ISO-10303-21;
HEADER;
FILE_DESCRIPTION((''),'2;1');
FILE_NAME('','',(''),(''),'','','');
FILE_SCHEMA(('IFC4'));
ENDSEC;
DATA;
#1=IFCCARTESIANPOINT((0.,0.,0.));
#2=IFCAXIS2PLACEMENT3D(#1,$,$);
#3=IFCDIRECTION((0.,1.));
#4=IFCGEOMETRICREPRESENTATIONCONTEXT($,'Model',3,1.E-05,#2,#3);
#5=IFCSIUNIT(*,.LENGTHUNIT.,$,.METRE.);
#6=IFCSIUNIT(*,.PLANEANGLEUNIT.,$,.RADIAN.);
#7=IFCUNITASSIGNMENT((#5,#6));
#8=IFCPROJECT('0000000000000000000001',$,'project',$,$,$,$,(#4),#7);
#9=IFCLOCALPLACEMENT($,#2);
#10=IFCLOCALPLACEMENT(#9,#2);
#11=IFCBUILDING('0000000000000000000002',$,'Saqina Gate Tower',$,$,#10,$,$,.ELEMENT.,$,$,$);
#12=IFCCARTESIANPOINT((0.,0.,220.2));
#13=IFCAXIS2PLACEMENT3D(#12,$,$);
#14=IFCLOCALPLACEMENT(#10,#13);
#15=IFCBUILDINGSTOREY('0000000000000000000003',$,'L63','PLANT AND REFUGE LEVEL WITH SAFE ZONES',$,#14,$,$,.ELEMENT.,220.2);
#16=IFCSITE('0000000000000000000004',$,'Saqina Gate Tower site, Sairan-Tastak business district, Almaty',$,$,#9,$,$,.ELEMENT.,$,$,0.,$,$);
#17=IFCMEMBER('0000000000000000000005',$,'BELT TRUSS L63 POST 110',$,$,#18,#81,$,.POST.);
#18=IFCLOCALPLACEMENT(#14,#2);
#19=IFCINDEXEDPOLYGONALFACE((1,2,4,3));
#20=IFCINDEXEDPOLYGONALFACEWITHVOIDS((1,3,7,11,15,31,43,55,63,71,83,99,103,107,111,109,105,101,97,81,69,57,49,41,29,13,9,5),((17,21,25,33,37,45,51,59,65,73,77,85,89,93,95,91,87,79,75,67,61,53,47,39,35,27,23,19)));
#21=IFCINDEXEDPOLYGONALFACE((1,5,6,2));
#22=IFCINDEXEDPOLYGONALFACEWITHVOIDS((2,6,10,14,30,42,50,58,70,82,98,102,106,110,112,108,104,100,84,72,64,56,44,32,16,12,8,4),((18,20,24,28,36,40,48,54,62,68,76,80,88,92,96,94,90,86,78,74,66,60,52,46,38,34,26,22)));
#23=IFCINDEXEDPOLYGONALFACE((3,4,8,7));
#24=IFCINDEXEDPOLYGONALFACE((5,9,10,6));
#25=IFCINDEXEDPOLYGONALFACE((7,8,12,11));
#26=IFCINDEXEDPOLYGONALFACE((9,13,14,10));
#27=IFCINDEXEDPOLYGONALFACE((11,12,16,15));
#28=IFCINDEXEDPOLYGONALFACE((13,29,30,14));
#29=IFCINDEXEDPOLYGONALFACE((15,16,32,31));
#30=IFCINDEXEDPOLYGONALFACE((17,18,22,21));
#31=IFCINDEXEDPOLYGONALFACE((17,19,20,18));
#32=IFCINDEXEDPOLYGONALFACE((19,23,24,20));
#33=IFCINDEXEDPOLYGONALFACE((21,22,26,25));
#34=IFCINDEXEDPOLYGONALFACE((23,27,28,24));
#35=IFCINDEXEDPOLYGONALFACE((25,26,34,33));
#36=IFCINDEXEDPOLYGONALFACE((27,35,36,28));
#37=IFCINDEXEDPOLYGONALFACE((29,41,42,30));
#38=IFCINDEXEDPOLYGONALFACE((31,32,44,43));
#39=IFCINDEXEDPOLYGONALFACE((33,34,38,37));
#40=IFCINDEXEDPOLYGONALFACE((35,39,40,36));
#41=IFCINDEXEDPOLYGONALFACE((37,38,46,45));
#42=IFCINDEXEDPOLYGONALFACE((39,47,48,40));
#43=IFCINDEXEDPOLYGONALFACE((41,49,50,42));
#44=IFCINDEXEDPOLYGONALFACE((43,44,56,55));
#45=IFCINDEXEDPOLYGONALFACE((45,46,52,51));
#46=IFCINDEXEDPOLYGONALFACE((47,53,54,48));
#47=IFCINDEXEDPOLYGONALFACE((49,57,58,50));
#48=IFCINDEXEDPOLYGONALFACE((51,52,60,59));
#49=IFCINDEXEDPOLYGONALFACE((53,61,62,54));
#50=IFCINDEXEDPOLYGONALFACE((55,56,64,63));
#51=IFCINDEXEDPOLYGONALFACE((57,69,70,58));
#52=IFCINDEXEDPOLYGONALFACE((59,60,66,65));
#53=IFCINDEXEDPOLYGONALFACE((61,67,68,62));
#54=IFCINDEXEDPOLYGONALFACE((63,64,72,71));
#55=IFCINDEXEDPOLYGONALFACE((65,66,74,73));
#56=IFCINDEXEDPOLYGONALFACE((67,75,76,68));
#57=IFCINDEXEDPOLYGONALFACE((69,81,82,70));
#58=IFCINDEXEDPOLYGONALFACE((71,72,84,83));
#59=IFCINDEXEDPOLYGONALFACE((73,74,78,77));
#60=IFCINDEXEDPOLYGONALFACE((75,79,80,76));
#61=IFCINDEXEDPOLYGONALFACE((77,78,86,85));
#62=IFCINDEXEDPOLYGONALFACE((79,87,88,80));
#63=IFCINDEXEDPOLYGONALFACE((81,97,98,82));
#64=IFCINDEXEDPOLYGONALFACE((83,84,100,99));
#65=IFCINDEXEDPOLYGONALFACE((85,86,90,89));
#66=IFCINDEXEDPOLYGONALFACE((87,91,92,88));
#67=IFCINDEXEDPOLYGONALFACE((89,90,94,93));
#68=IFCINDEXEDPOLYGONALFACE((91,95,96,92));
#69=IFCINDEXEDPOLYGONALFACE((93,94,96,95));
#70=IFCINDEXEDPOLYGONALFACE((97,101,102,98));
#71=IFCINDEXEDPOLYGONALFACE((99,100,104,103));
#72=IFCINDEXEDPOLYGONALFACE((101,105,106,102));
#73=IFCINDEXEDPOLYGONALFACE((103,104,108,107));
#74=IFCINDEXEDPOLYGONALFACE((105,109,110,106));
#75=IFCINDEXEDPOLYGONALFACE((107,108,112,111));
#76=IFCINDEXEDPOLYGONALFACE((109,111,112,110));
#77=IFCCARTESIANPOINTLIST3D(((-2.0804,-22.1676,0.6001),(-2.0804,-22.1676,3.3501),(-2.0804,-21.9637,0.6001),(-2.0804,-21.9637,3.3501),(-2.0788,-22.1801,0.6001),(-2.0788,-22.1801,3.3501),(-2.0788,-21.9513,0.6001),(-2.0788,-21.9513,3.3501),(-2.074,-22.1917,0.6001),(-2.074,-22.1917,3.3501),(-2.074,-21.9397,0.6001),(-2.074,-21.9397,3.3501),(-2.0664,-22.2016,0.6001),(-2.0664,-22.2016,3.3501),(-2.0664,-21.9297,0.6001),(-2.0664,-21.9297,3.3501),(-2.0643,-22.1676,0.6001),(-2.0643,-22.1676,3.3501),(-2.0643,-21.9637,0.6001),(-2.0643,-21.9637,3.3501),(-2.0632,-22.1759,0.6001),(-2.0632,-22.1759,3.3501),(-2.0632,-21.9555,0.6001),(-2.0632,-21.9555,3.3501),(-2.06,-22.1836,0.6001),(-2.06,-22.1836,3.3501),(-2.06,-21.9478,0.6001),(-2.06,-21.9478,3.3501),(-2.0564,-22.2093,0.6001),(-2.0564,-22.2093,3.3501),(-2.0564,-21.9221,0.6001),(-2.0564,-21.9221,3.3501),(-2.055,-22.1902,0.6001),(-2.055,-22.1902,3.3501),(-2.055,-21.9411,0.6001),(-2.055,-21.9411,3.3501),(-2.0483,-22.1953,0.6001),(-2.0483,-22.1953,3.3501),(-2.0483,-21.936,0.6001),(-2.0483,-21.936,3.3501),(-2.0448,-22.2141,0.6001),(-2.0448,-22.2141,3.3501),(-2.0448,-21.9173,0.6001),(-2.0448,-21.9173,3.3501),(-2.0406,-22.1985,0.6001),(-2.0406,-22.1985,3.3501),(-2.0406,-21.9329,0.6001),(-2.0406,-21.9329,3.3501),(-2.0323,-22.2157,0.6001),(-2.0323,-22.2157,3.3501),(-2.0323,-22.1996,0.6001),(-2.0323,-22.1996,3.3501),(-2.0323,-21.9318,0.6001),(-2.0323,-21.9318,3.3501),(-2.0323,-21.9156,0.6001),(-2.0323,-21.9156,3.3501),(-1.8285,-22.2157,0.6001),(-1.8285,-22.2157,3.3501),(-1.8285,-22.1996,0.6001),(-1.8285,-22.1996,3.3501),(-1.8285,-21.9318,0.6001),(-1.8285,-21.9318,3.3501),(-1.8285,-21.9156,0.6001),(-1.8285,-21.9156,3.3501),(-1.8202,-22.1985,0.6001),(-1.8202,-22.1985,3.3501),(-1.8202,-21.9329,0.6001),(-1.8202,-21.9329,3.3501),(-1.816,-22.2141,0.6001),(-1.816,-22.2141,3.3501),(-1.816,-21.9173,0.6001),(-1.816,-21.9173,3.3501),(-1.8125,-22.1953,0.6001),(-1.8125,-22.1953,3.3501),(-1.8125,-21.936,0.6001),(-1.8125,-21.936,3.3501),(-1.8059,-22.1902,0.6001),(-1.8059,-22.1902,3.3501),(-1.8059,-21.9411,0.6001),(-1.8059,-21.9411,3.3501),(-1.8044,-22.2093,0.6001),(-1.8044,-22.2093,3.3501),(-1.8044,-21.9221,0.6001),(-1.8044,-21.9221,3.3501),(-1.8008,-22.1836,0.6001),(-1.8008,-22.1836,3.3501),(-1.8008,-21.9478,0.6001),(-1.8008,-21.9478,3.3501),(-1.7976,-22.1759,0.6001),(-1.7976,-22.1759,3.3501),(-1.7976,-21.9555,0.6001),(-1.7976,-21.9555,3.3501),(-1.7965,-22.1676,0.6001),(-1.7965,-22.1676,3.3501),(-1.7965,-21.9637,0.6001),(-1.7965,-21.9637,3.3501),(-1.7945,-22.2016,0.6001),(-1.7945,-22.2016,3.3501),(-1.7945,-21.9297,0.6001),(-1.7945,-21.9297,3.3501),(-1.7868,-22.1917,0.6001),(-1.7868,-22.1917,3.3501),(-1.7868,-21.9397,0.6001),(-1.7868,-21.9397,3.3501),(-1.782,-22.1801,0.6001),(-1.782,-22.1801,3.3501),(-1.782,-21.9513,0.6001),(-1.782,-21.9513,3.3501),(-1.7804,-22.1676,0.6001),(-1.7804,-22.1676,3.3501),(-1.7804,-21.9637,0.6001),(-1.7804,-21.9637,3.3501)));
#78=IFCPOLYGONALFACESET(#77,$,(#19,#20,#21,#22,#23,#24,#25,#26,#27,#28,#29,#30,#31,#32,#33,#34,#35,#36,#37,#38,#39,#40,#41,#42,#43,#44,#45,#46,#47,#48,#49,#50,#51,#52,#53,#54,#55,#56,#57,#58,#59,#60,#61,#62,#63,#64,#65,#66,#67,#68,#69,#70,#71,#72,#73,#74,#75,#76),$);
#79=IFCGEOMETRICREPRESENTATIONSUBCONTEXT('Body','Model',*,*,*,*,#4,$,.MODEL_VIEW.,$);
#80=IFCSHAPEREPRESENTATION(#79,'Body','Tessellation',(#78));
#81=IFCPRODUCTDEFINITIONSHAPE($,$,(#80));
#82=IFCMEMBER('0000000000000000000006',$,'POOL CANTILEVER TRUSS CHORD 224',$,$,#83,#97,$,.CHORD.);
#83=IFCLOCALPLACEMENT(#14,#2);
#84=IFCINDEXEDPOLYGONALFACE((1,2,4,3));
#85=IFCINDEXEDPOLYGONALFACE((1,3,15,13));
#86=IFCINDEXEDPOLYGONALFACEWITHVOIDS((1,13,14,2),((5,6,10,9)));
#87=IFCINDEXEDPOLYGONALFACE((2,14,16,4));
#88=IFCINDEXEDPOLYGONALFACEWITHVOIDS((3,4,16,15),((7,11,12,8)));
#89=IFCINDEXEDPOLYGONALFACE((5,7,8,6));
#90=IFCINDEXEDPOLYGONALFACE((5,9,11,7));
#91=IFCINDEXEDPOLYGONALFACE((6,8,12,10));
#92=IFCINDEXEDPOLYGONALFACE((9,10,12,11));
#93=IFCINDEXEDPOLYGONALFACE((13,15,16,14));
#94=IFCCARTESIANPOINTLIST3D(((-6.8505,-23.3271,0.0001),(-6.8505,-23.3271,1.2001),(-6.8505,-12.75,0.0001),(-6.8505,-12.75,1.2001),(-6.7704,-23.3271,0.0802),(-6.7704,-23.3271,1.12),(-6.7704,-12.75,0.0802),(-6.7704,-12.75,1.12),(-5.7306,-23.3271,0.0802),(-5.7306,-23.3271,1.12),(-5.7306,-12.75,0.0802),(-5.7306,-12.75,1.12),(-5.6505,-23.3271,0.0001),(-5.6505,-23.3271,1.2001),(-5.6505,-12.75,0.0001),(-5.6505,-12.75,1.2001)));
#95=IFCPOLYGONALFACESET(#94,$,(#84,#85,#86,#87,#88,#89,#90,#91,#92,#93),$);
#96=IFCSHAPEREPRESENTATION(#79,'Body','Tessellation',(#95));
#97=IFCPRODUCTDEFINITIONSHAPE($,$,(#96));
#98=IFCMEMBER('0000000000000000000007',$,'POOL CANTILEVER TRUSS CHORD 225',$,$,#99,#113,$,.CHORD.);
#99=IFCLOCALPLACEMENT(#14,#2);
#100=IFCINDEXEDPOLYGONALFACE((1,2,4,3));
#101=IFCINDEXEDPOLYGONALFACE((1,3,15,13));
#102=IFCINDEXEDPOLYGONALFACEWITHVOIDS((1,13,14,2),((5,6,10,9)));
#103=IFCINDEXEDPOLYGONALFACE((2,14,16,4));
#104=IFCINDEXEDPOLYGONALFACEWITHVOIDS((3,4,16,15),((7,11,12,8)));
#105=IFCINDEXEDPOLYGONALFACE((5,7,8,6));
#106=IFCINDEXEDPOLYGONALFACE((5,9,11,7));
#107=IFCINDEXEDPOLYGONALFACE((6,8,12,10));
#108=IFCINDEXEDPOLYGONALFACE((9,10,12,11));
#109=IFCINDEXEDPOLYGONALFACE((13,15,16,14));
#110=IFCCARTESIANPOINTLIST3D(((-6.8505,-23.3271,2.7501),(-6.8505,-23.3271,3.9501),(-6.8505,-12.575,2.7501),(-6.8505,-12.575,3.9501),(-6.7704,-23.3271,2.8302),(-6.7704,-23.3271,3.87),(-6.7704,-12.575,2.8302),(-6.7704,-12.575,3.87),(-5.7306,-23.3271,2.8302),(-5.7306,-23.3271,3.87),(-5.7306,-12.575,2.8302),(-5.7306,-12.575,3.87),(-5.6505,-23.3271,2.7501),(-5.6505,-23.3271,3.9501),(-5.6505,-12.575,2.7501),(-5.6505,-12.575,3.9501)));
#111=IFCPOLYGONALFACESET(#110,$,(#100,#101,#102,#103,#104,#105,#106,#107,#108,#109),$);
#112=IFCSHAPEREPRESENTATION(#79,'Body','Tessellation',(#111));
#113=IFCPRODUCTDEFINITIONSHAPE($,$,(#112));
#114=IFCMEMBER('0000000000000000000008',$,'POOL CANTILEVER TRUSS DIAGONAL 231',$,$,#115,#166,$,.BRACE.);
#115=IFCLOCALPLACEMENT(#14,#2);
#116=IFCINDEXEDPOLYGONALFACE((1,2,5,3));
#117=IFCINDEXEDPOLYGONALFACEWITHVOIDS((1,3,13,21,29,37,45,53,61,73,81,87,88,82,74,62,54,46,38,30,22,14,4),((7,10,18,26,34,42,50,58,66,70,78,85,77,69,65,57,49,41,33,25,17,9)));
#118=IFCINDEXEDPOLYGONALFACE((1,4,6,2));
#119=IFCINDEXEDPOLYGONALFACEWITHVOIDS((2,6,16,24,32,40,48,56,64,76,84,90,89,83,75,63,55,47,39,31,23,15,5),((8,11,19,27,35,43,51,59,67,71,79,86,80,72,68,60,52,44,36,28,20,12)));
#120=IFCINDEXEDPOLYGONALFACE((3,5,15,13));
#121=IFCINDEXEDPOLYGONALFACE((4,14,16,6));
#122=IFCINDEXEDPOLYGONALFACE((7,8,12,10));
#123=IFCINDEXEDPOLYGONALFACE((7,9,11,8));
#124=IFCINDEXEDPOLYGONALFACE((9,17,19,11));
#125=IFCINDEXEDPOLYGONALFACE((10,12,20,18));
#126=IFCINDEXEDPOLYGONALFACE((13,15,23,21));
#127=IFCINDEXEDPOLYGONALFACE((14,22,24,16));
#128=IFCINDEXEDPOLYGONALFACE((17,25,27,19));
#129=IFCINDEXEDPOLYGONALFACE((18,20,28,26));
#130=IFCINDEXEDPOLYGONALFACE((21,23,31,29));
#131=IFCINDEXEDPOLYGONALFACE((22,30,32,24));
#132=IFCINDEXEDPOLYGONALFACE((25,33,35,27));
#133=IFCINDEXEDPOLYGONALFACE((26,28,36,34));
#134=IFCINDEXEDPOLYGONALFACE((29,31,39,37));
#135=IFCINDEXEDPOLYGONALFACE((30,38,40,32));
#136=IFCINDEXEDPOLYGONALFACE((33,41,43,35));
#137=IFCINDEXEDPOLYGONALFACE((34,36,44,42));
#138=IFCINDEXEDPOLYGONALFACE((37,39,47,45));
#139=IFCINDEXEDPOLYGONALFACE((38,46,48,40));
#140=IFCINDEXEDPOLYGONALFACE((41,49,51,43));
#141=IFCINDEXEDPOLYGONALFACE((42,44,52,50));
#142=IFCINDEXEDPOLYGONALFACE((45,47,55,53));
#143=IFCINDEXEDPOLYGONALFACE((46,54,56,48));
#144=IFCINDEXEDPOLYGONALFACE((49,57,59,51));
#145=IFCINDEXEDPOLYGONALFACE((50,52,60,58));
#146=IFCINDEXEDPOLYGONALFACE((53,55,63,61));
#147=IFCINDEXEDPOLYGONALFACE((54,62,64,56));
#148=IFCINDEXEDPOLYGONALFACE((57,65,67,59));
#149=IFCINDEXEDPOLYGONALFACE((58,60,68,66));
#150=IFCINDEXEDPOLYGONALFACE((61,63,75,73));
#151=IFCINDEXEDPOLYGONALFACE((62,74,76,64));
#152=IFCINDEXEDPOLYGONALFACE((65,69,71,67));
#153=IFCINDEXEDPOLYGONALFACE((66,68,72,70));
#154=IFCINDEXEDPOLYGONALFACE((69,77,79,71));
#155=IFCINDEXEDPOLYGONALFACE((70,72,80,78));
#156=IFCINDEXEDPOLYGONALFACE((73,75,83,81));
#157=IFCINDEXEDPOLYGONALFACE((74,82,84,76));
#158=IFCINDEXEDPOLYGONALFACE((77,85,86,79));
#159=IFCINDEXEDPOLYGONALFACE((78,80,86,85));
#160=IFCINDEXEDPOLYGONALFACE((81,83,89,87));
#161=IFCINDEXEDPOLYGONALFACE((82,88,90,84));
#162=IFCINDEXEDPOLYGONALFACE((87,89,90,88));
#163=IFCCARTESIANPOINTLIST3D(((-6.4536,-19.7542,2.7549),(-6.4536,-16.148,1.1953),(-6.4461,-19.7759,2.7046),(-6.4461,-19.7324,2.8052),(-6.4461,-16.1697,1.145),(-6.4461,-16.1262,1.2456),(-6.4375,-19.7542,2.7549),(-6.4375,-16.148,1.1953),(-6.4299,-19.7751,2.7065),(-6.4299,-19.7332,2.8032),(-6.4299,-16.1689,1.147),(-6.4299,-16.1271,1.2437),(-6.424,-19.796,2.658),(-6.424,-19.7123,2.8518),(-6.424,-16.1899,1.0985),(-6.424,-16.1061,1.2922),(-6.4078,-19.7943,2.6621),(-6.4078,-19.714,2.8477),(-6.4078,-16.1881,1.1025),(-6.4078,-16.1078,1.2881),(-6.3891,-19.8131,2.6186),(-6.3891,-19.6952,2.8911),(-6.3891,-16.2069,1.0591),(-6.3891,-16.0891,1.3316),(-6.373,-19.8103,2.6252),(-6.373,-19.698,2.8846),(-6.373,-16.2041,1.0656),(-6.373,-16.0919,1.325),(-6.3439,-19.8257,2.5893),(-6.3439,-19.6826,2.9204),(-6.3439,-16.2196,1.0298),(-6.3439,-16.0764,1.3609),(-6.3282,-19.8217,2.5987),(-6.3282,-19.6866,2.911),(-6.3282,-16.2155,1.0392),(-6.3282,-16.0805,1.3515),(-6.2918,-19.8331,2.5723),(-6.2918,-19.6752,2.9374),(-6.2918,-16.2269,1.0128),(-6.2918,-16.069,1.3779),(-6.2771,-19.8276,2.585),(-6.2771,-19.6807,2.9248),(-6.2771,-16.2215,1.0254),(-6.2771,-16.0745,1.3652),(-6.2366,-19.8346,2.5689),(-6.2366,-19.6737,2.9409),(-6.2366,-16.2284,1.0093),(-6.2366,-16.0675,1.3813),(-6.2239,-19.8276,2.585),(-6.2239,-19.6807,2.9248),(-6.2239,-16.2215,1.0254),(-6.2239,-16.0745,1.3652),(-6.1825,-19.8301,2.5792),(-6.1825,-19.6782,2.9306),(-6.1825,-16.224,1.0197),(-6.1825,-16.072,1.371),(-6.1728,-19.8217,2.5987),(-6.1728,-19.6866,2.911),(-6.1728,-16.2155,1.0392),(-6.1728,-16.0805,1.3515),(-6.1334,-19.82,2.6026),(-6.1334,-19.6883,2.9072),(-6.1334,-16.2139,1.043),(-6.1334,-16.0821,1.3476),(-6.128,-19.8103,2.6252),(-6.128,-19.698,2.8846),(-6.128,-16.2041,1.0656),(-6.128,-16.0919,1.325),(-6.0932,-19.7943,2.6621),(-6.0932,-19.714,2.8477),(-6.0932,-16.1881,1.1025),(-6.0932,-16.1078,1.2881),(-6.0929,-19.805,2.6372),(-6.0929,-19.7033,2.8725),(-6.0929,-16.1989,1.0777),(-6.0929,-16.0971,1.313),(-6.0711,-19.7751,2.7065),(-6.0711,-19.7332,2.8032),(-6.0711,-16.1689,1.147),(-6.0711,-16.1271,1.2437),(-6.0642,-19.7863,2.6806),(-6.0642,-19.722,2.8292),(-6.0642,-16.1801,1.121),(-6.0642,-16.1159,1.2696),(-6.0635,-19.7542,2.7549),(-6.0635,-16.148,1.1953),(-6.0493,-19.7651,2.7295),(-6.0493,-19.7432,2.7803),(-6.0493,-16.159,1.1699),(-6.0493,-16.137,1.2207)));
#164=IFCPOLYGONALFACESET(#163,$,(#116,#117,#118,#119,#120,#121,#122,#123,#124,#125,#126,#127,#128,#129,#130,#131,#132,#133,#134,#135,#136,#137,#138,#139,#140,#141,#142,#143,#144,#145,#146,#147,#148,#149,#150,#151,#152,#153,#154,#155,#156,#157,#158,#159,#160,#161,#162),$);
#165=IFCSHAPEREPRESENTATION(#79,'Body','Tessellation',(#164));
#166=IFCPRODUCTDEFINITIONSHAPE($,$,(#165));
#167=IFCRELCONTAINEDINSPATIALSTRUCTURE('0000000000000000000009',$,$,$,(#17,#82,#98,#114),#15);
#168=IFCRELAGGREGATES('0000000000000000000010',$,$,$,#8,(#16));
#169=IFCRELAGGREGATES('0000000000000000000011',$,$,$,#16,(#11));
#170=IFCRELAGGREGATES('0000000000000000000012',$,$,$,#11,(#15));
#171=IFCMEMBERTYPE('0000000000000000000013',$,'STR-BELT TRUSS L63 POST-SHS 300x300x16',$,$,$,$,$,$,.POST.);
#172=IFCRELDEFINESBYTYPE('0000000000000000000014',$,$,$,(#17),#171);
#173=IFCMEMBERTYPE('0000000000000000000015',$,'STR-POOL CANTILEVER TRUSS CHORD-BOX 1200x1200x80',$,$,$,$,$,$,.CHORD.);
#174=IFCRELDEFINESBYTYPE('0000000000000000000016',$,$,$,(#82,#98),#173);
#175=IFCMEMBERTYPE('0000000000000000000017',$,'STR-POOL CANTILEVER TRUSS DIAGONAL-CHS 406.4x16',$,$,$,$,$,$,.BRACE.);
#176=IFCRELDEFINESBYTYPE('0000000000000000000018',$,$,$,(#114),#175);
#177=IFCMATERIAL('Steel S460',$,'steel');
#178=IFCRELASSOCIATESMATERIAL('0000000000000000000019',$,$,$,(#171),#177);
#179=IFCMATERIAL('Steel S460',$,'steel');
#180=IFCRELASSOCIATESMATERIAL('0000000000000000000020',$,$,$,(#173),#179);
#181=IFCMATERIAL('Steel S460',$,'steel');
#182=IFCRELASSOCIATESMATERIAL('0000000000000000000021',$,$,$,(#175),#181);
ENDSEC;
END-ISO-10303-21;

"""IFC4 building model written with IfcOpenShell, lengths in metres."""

from ifc_helpers import new_model, si_unit, direction, frame, origin, origin_2d, place, context, subcontext, project, spatial, hollow_rectangle, hollow_circle, extrude, material, material_profile, profile_set, type_object, element, save


model = new_model("IFC4")

# Units and contexts
model_context = context("Model", 3, precision=1e-05, world=origin(), true_north=direction((0.0, 1.0)))
body_context = subcontext(model_context, "Body", "Model", "MODEL_VIEW")
ifc_project = project(units=[si_unit("LENGTHUNIT", "METRE"), si_unit("PLANEANGLEUNIT", "RADIAN")], contexts=[model_context])

# Site, building, storey
site_placement = place(None, origin())
site = spatial("IfcSite", under=ifc_project, at=site_placement, Name="Saqina Gate Tower site, Sairan-Tastak business district, Almaty", CompositionType="ELEMENT", RefElevation=0.0)
building_placement = place(site_placement, origin())
building = spatial("IfcBuilding", under=site, at=building_placement, Name="Saqina Gate Tower", CompositionType="ELEMENT")
storey_placement = place(building_placement, frame((0.0, 0.0, 220.2)))
storey = spatial("IfcBuildingStorey", under=building, at=storey_placement, Name="L63", Description="PLANT AND REFUGE LEVEL WITH SAFE ZONES", CompositionType="ELEMENT", Elevation=220.2)

# Members
ifc_material_1 = material(Name="Steel S460", Category="steel")
ifc_material_profile_1 = material_profile(ifc_material_1, hollow_rectangle(XDim=0.3, YDim=0.3, WallThickness=0.0161, InnerFilletRadius=0.032, OuterFilletRadius=0.0481, at=origin_2d()), Name="SHS 300x300x16")
ifc_profile_set_1 = profile_set([ifc_material_profile_1], Name="Steel S460")
member_type_1 = type_object("IfcMemberType", Name="STR-BELT TRUSS L63 POST-SHS 300x300x16", PredefinedType="POST", material=ifc_profile_set_1)
for number, where, z_axis, x_axis, name in (
    (1, (-1.9304, -22.0657, 0.6001), (0.0, 0.0, 1.0), (1.0, 0.0, 0.0), "BELT TRUSS L63 POST 110"),
):
    element("IfcMember", number, at=place(storey_placement, frame(where, z_axis=z_axis, x_axis=x_axis)), inside=storey, type_object=member_type_1, Name=name, PredefinedType="POST", context=body_context, shape_type="SweptSolid", body=[
        extrude(hollow_rectangle(XDim=0.3, YDim=0.3, WallThickness=0.0161, InnerFilletRadius=0.032, OuterFilletRadius=0.0481, at=origin_2d()), origin(), (0.0, 0.0, 1.0), 2.75),
    ])
ifc_material_2 = material(Name="Steel S460", Category="steel")
ifc_material_profile_2 = material_profile(ifc_material_2, hollow_rectangle(XDim=1.2, YDim=1.2, WallThickness=0.0801, at=origin_2d()), Name="BOX 1200x1200x80")
ifc_profile_set_2 = profile_set([ifc_material_profile_2], Name="Steel S460")
member_type_2 = type_object("IfcMemberType", Name="STR-POOL CANTILEVER TRUSS CHORD-BOX 1200x1200x80", PredefinedType="CHORD", material=ifc_profile_set_2)
member_1_placement = place(storey_placement, frame((-6.2505, -23.3271, 0.6001), z_axis=(0.0, 1.0, 0.0), x_axis=(-1.0, 0.0, 0.0)))
element("IfcMember", 2, at=member_1_placement, inside=storey, type_object=member_type_2, Name="POOL CANTILEVER TRUSS CHORD 224", PredefinedType="CHORD", context=body_context, shape_type="SweptSolid", body=[
    extrude(hollow_rectangle(XDim=1.2, YDim=1.2, WallThickness=0.0801, at=origin_2d()), origin(), (0.0, 0.0, 1.0), 10.5771),
])
member_2_placement = place(storey_placement, frame((-6.2505, -23.3271, 3.3501), z_axis=(0.0, 1.0, 0.0), x_axis=(-1.0, 0.0, 0.0)))
element("IfcMember", 3, at=member_2_placement, inside=storey, type_object=member_type_2, Name="POOL CANTILEVER TRUSS CHORD 225", PredefinedType="CHORD", context=body_context, shape_type="SweptSolid", body=[
    extrude(hollow_rectangle(XDim=1.2, YDim=1.2, WallThickness=0.0801, at=origin_2d()), origin(), (0.0, 0.0, 1.0), 10.7522),
])
ifc_material_3 = material(Name="Steel S460", Category="steel")
ifc_material_profile_3 = material_profile(ifc_material_3, hollow_circle(Radius=0.2031, WallThickness=0.0161, at=origin_2d()), Name="CHS 406.4x16")
ifc_profile_set_3 = profile_set([ifc_material_profile_3], Name="Steel S460")
member_type_3 = type_object("IfcMemberType", Name="STR-POOL CANTILEVER TRUSS DIAGONAL-CHS 406.4x16", PredefinedType="BRACE", material=ifc_profile_set_3)
for number, where, z_axis, x_axis, name in (
    (4, (-6.2505, -19.7542, 2.7549), (0.0, 0.917845, -0.396939), (-1.0, 0.0, 0.0), "POOL CANTILEVER TRUSS DIAGONAL 231"),
):
    element("IfcMember", number, at=place(storey_placement, frame(where, z_axis=z_axis, x_axis=x_axis)), inside=storey, type_object=member_type_3, Name=name, PredefinedType="BRACE", context=body_context, shape_type="SweptSolid", body=[
        extrude(hollow_circle(Radius=0.2031, WallThickness=0.0161, at=origin_2d()), origin(), (0.0, 0.0, 1.0), 3.929),
    ])

save(model, "model.ifc")
